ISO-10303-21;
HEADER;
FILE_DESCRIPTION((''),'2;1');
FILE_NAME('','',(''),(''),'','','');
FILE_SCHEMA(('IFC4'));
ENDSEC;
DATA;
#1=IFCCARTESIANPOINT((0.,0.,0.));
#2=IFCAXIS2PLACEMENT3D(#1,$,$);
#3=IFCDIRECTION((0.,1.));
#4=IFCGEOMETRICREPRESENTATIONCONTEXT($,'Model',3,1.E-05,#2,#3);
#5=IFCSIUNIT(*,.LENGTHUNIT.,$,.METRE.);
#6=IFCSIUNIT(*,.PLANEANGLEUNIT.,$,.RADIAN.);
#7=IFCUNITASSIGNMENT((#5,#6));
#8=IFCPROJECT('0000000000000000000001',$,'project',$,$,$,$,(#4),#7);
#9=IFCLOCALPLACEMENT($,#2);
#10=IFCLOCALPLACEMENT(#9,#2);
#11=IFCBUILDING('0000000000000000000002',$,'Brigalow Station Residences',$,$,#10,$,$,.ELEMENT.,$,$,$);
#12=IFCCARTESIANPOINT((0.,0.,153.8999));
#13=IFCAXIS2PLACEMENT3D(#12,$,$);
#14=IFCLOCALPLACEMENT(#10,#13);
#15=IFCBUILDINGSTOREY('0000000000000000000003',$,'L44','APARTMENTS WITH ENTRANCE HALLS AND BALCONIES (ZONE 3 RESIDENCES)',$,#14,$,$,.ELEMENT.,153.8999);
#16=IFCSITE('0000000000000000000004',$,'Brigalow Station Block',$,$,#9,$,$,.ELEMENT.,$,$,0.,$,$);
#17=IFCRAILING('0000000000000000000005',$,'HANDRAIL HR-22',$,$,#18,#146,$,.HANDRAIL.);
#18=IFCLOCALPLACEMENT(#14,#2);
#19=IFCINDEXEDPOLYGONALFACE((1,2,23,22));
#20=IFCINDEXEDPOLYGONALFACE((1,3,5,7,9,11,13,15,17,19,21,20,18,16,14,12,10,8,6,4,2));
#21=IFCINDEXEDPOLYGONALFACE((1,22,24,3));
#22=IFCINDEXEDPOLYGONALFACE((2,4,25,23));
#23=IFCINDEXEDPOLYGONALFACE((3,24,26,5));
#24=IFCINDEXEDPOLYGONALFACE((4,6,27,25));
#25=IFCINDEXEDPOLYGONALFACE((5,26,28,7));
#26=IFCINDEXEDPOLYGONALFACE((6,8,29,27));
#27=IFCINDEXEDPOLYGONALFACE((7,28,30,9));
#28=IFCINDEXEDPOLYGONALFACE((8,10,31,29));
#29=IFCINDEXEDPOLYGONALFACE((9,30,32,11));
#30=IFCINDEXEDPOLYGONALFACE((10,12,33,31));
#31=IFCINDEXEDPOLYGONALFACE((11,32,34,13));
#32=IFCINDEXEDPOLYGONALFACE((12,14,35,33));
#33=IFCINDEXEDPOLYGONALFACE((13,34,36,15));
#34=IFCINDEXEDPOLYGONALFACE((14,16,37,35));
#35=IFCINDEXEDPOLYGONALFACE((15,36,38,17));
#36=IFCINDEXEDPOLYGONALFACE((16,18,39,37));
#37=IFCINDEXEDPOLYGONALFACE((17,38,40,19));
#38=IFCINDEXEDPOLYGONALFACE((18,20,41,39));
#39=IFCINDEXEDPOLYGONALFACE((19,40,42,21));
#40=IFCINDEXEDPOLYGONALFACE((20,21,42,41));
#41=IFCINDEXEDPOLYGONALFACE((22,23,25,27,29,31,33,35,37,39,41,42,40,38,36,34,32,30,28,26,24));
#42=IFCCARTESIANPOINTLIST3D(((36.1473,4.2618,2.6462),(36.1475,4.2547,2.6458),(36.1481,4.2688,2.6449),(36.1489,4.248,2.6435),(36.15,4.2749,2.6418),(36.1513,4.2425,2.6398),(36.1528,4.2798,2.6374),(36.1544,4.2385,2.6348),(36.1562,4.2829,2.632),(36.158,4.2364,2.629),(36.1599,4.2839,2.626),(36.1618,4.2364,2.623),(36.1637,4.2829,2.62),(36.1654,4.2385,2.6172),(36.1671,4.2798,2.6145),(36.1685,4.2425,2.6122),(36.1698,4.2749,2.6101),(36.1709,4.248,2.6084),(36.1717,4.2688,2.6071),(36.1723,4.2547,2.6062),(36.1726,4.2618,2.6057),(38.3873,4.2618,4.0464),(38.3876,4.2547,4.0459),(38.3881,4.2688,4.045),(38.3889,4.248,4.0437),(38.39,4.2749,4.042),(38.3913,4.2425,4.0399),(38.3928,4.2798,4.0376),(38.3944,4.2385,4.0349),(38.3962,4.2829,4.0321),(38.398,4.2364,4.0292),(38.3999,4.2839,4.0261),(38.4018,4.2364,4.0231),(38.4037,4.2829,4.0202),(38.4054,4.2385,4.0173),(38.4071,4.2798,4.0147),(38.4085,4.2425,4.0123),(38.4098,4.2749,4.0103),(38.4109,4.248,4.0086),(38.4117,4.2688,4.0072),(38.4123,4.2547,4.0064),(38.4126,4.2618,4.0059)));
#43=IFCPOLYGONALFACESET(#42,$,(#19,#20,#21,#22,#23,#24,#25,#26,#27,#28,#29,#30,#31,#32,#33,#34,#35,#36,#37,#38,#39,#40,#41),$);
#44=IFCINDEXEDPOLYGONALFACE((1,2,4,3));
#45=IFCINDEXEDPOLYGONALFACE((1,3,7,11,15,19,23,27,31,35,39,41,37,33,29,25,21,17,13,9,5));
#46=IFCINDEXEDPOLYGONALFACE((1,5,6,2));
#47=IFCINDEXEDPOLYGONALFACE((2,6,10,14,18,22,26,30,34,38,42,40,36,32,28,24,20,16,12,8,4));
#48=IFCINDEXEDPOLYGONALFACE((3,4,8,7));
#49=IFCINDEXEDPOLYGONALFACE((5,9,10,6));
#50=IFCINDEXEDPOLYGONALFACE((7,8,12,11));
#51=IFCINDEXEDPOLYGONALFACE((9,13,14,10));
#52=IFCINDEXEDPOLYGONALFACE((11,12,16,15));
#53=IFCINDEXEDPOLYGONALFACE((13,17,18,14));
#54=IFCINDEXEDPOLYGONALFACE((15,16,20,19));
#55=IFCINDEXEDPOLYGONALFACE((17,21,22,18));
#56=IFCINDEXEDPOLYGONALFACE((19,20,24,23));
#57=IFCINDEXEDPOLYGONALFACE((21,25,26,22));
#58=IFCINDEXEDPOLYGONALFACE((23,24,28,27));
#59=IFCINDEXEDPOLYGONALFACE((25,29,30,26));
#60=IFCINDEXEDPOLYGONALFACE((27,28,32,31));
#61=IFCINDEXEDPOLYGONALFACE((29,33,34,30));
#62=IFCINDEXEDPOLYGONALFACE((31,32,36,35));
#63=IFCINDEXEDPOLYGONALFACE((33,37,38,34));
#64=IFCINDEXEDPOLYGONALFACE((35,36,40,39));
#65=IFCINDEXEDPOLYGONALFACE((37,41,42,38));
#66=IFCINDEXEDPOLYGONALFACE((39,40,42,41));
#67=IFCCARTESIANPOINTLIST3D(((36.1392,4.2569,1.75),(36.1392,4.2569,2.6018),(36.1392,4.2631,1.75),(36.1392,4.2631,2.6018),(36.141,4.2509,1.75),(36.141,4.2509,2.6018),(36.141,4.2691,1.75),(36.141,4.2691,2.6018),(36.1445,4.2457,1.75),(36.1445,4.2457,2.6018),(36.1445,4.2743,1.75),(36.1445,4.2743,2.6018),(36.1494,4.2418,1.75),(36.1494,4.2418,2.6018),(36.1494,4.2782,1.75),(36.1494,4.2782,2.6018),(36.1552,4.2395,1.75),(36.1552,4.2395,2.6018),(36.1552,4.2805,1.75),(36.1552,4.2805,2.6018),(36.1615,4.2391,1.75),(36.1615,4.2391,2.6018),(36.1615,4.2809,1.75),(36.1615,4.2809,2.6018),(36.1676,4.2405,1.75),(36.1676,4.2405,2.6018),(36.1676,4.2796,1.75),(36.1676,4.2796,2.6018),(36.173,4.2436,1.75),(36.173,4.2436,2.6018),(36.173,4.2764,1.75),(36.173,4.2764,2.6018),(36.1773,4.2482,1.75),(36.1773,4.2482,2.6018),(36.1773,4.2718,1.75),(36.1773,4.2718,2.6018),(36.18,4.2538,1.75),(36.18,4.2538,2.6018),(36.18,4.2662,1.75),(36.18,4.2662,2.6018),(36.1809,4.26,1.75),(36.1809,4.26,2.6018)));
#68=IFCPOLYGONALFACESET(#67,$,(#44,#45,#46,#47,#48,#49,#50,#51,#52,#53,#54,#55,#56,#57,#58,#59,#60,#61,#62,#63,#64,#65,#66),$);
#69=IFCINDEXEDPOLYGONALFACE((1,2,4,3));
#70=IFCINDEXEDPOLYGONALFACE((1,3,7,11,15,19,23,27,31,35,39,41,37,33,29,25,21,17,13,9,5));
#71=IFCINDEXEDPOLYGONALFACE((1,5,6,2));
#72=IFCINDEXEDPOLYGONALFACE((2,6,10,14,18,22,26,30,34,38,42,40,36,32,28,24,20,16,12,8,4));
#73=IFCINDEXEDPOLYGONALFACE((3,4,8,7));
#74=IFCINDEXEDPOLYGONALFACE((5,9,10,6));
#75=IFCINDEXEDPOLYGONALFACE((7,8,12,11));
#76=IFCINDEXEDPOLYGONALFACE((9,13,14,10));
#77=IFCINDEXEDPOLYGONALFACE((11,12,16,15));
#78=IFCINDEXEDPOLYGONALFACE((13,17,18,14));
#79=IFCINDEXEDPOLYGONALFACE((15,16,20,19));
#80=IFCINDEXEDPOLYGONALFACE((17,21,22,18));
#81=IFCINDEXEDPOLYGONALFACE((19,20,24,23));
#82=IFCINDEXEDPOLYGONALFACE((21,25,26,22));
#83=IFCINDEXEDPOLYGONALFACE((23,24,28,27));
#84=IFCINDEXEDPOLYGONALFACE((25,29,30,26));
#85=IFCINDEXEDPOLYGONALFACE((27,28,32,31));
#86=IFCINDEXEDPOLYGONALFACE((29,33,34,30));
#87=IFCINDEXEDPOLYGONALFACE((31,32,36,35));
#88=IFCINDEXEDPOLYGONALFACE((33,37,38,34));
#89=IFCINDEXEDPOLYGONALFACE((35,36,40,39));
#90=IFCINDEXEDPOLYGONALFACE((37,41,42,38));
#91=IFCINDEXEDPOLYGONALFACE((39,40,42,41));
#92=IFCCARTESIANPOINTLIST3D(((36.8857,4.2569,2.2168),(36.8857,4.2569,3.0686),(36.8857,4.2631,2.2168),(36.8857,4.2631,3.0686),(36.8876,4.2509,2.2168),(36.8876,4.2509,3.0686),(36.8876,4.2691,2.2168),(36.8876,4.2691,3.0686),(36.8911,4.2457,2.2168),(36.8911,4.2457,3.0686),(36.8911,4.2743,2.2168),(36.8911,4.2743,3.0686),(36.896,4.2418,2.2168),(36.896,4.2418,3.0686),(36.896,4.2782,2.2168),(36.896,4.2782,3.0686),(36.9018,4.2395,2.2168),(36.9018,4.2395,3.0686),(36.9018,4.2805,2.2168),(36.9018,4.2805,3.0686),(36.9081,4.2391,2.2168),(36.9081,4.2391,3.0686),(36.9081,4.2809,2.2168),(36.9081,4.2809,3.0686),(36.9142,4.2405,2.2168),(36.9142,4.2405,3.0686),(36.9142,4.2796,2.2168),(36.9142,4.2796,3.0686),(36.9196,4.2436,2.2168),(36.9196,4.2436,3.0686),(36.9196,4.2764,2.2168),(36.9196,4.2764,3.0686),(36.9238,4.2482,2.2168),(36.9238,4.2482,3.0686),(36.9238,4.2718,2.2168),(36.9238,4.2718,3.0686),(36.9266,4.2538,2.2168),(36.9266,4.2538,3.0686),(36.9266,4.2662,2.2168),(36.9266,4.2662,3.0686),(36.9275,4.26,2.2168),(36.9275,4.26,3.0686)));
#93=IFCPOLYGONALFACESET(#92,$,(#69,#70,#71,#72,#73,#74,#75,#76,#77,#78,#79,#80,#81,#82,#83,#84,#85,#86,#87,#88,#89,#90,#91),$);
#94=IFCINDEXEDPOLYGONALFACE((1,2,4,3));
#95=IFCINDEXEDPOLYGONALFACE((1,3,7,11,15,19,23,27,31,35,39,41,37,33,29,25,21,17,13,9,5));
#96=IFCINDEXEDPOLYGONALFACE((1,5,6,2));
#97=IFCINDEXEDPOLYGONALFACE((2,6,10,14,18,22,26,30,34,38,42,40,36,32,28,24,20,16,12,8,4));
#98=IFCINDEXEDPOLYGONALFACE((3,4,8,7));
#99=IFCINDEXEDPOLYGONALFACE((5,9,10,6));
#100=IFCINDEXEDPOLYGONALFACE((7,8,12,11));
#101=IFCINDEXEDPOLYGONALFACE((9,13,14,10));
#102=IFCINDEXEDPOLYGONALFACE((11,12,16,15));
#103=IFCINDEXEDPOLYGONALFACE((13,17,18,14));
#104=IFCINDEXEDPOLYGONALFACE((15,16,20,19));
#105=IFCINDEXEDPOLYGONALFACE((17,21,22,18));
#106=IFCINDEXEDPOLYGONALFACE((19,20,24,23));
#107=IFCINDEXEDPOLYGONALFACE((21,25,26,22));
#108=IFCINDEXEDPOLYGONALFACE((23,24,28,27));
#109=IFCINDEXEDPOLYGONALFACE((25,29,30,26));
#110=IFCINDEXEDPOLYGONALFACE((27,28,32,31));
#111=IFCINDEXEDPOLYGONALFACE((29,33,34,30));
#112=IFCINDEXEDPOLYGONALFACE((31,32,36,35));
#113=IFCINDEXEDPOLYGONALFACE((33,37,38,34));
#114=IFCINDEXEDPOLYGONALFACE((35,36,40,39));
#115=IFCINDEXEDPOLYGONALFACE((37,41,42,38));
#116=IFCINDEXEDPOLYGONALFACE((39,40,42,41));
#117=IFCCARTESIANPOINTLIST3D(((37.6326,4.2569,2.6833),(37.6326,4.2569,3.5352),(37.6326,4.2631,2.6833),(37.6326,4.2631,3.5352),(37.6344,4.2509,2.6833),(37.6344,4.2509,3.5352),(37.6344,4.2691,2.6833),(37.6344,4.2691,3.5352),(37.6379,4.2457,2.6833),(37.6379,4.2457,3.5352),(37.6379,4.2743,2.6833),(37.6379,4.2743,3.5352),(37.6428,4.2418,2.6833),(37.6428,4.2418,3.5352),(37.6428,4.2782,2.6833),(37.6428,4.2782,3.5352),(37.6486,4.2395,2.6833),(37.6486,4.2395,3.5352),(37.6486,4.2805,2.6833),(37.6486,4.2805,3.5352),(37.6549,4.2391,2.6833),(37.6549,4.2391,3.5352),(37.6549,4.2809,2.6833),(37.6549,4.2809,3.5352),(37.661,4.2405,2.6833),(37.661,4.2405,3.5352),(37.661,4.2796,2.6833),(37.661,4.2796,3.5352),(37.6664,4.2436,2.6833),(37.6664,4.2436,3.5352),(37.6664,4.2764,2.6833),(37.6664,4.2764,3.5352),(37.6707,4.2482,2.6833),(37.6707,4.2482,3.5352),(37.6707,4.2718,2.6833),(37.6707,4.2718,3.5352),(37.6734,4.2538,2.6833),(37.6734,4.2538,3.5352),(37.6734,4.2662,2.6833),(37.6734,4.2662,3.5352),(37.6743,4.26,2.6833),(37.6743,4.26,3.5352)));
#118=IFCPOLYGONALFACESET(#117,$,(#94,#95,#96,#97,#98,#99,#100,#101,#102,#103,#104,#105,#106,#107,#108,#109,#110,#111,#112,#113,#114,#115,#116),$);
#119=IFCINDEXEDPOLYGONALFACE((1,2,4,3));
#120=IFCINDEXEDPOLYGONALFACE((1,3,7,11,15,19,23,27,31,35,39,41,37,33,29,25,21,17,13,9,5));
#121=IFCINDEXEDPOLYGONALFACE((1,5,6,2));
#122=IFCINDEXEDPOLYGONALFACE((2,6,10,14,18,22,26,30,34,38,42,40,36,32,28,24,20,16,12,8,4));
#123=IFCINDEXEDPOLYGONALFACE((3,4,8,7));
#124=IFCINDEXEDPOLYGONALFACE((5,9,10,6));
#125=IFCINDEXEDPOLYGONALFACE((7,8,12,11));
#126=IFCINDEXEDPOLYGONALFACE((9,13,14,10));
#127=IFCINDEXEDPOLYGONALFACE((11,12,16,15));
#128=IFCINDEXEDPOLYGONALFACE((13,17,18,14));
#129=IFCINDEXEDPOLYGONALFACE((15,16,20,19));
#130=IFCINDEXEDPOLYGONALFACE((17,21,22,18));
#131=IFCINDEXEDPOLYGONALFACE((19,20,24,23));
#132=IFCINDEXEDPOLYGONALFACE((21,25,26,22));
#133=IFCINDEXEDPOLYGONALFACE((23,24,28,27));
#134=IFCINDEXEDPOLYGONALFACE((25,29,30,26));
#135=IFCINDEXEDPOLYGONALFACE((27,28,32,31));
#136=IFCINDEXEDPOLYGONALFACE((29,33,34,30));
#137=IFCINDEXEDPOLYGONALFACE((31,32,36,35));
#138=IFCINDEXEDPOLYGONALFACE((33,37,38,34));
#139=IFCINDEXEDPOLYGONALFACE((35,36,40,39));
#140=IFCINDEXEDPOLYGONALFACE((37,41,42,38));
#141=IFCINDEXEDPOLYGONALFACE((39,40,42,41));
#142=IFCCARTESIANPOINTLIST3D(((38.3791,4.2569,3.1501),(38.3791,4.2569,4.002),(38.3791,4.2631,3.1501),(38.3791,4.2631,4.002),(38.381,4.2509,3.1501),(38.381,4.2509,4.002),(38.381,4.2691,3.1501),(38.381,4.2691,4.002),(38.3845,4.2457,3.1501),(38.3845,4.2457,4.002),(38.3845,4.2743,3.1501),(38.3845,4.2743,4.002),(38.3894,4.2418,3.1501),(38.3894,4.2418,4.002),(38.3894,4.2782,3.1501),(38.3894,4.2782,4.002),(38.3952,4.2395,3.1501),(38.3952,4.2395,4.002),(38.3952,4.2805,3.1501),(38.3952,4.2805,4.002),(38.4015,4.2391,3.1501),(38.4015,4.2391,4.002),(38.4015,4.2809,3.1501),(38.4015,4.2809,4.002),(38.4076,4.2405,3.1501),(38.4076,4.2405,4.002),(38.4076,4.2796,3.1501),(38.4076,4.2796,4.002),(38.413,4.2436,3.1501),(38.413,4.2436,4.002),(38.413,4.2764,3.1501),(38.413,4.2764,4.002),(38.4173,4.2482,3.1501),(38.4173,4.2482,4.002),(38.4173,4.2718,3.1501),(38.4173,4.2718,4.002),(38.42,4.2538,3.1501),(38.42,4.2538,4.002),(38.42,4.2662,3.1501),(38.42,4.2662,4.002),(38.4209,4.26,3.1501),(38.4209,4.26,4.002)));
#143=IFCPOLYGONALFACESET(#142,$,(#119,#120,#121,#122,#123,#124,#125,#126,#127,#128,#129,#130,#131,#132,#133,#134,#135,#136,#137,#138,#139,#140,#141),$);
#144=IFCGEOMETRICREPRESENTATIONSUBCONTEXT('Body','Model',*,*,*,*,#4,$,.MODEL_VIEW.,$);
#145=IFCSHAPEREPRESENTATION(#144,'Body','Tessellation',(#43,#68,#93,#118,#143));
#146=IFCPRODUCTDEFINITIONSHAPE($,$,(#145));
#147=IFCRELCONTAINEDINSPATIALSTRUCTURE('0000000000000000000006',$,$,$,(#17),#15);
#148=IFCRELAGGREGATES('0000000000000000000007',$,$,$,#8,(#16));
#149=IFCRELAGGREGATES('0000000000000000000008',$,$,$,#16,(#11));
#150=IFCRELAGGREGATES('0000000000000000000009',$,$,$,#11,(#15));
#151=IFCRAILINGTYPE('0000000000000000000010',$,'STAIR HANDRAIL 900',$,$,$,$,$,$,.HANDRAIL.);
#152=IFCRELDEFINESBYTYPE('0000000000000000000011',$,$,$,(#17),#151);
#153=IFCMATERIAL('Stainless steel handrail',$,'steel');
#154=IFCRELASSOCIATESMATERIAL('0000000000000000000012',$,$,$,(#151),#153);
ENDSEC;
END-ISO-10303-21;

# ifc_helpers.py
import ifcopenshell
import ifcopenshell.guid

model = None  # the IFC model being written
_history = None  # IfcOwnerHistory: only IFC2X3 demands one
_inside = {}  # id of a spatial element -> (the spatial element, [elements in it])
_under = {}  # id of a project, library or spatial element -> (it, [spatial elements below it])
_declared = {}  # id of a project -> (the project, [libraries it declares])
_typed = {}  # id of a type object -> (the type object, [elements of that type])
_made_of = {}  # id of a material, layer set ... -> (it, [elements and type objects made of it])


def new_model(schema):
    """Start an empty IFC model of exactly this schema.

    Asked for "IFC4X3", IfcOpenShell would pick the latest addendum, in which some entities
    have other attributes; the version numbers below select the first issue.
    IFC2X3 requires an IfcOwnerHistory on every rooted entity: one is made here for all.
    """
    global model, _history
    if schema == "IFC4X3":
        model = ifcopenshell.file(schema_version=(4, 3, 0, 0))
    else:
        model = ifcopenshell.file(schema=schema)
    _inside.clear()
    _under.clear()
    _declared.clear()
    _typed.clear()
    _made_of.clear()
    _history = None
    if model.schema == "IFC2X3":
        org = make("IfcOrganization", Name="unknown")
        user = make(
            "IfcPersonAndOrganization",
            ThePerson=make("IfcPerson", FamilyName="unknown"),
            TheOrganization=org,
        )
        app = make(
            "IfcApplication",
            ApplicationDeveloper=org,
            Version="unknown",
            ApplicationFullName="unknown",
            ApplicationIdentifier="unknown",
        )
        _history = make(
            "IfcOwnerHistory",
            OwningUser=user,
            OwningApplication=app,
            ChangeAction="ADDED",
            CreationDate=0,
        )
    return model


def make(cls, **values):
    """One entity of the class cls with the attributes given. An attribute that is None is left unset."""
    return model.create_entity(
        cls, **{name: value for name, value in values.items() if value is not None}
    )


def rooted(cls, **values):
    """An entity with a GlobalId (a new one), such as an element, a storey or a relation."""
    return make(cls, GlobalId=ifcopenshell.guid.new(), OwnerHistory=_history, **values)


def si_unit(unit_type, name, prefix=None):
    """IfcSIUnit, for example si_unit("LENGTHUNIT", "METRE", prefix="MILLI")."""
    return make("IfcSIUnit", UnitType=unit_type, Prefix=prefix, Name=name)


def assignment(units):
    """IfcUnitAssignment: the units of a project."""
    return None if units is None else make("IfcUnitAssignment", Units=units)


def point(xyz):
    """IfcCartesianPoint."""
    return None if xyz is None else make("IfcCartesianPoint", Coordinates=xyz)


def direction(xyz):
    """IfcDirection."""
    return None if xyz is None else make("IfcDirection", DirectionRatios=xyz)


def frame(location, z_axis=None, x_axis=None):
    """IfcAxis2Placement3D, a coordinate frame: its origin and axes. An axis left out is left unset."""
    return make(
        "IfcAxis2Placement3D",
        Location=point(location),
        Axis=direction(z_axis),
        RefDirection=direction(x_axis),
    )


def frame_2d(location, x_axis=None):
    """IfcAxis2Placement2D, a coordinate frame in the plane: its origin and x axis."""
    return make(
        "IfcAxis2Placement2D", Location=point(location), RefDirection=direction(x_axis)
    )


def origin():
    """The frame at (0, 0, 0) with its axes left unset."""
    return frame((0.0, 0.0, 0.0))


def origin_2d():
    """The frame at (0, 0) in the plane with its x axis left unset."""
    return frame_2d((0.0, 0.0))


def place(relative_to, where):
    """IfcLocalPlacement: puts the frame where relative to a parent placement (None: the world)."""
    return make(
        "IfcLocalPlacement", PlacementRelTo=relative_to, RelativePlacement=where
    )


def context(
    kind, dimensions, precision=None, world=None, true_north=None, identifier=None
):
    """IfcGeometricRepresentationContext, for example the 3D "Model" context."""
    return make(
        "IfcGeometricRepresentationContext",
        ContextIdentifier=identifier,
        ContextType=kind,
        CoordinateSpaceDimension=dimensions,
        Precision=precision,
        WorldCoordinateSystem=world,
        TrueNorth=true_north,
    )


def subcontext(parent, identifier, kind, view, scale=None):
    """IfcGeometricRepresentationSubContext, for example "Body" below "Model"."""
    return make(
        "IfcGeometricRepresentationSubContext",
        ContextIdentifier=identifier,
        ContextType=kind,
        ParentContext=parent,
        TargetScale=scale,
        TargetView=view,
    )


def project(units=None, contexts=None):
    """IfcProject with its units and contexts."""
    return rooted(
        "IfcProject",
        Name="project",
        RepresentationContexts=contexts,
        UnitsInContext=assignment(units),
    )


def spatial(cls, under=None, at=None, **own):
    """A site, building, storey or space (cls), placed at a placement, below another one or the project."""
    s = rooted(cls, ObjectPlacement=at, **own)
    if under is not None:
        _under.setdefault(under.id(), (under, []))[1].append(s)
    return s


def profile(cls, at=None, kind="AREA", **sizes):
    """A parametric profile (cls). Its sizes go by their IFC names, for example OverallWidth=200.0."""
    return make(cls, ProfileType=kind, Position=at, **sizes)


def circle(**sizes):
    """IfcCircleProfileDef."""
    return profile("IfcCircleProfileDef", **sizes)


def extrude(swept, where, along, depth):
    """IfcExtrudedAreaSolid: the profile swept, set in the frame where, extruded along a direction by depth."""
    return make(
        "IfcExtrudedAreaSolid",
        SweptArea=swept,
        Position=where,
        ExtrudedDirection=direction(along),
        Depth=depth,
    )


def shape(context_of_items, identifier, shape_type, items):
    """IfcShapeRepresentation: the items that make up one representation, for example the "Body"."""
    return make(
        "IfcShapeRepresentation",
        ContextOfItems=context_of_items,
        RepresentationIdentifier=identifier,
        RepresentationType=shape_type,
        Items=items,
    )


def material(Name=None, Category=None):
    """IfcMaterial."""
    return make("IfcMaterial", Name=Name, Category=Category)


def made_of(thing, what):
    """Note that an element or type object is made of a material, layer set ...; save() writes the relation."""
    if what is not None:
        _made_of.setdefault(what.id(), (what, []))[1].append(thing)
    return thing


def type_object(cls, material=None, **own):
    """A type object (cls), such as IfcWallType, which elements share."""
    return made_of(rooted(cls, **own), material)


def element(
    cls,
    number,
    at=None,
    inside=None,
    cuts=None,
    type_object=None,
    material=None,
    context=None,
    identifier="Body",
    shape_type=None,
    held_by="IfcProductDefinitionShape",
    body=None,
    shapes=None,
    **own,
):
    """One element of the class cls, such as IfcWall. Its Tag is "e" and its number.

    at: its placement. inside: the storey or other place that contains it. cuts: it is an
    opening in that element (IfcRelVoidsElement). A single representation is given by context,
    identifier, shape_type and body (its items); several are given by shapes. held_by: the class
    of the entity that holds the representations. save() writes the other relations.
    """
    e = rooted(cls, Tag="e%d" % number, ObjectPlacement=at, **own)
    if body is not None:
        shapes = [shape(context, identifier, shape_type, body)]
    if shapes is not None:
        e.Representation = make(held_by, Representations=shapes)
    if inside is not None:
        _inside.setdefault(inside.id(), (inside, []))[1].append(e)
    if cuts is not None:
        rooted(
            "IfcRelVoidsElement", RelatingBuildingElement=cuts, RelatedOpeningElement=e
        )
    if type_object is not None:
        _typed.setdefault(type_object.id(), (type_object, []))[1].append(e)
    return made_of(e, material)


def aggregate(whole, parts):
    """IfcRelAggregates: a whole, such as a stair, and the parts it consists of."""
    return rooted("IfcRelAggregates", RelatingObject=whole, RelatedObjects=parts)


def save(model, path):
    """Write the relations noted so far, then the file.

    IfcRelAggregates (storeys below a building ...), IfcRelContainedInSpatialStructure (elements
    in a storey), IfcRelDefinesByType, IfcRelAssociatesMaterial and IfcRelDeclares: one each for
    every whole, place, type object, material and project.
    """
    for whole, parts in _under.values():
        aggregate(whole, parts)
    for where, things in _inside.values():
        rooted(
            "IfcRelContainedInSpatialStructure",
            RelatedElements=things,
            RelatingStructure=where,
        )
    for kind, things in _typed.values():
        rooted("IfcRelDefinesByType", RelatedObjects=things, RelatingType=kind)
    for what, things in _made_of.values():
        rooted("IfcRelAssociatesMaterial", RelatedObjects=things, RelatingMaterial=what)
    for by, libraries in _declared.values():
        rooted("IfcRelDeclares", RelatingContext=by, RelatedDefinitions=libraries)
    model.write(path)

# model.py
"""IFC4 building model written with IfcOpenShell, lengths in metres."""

from ifc_helpers import new_model, si_unit, direction, frame, origin, origin_2d, place, context, subcontext, project, spatial, circle, extrude, material, type_object, element, save


model = new_model("IFC4")

# Units and contexts
model_context = context("Model", 3, precision=1e-05, world=origin(), true_north=direction((0.0, 1.0)))
body_context = subcontext(model_context, "Body", "Model", "MODEL_VIEW")
ifc_project = project(units=[si_unit("LENGTHUNIT", "METRE"), si_unit("PLANEANGLEUNIT", "RADIAN")], contexts=[model_context])

# Site, building, storey
site_placement = place(None, origin())
site = spatial("IfcSite", under=ifc_project, at=site_placement, Name="Brigalow Station Block", CompositionType="ELEMENT", RefElevation=0.0)
building_placement = place(site_placement, origin())
building = spatial("IfcBuilding", under=site, at=building_placement, Name="Brigalow Station Residences", CompositionType="ELEMENT")
storey_placement = place(building_placement, frame((0.0, 0.0, 153.8999)))
storey = spatial("IfcBuildingStorey", under=building, at=storey_placement, Name="L44", Description="APARTMENTS WITH ENTRANCE HALLS AND BALCONIES (ZONE 3 RESIDENCES)", CompositionType="ELEMENT", Elevation=153.8999)

# Railing
ifc_material_1 = material(Name="Stainless steel handrail", Category="steel")
railing_type_1 = type_object("IfcRailingType", Name="STAIR HANDRAIL 900", PredefinedType="HANDRAIL", material=ifc_material_1)
railing_1_placement = place(storey_placement, frame((36.1599, 4.26, 1.75)))
element("IfcRailing", 1, at=railing_1_placement, inside=storey, type_object=railing_type_1, Name="HANDRAIL HR-22", PredefinedType="HANDRAIL", context=body_context, shape_type="SweptSolid", body=[
    extrude(circle(Radius=0.0239, at=origin_2d()), frame((0.0, 0.0, 0.876), z_axis=(0.847972, 0.0, 0.53004), x_axis=(0.0, 1.0, 0.0)), (0.0, 0.0, 1.0), 2.6416),
    extrude(circle(Radius=0.021, at=origin_2d()), origin(), (0.0, 0.0, 1.0), 0.8518),
    extrude(circle(Radius=0.021, at=origin_2d()), frame((0.7466, 0.0, 0.4668)), (0.0, 0.0, 1.0), 0.8518),
    extrude(circle(Radius=0.021, at=origin_2d()), frame((1.4934, 0.0, 0.9333)), (0.0, 0.0, 1.0), 0.8518),
    extrude(circle(Radius=0.021, at=origin_2d()), frame((2.24, 0.0, 1.4001)), (0.0, 0.0, 1.0), 0.8518),
])

save(model, "model.ifc")
